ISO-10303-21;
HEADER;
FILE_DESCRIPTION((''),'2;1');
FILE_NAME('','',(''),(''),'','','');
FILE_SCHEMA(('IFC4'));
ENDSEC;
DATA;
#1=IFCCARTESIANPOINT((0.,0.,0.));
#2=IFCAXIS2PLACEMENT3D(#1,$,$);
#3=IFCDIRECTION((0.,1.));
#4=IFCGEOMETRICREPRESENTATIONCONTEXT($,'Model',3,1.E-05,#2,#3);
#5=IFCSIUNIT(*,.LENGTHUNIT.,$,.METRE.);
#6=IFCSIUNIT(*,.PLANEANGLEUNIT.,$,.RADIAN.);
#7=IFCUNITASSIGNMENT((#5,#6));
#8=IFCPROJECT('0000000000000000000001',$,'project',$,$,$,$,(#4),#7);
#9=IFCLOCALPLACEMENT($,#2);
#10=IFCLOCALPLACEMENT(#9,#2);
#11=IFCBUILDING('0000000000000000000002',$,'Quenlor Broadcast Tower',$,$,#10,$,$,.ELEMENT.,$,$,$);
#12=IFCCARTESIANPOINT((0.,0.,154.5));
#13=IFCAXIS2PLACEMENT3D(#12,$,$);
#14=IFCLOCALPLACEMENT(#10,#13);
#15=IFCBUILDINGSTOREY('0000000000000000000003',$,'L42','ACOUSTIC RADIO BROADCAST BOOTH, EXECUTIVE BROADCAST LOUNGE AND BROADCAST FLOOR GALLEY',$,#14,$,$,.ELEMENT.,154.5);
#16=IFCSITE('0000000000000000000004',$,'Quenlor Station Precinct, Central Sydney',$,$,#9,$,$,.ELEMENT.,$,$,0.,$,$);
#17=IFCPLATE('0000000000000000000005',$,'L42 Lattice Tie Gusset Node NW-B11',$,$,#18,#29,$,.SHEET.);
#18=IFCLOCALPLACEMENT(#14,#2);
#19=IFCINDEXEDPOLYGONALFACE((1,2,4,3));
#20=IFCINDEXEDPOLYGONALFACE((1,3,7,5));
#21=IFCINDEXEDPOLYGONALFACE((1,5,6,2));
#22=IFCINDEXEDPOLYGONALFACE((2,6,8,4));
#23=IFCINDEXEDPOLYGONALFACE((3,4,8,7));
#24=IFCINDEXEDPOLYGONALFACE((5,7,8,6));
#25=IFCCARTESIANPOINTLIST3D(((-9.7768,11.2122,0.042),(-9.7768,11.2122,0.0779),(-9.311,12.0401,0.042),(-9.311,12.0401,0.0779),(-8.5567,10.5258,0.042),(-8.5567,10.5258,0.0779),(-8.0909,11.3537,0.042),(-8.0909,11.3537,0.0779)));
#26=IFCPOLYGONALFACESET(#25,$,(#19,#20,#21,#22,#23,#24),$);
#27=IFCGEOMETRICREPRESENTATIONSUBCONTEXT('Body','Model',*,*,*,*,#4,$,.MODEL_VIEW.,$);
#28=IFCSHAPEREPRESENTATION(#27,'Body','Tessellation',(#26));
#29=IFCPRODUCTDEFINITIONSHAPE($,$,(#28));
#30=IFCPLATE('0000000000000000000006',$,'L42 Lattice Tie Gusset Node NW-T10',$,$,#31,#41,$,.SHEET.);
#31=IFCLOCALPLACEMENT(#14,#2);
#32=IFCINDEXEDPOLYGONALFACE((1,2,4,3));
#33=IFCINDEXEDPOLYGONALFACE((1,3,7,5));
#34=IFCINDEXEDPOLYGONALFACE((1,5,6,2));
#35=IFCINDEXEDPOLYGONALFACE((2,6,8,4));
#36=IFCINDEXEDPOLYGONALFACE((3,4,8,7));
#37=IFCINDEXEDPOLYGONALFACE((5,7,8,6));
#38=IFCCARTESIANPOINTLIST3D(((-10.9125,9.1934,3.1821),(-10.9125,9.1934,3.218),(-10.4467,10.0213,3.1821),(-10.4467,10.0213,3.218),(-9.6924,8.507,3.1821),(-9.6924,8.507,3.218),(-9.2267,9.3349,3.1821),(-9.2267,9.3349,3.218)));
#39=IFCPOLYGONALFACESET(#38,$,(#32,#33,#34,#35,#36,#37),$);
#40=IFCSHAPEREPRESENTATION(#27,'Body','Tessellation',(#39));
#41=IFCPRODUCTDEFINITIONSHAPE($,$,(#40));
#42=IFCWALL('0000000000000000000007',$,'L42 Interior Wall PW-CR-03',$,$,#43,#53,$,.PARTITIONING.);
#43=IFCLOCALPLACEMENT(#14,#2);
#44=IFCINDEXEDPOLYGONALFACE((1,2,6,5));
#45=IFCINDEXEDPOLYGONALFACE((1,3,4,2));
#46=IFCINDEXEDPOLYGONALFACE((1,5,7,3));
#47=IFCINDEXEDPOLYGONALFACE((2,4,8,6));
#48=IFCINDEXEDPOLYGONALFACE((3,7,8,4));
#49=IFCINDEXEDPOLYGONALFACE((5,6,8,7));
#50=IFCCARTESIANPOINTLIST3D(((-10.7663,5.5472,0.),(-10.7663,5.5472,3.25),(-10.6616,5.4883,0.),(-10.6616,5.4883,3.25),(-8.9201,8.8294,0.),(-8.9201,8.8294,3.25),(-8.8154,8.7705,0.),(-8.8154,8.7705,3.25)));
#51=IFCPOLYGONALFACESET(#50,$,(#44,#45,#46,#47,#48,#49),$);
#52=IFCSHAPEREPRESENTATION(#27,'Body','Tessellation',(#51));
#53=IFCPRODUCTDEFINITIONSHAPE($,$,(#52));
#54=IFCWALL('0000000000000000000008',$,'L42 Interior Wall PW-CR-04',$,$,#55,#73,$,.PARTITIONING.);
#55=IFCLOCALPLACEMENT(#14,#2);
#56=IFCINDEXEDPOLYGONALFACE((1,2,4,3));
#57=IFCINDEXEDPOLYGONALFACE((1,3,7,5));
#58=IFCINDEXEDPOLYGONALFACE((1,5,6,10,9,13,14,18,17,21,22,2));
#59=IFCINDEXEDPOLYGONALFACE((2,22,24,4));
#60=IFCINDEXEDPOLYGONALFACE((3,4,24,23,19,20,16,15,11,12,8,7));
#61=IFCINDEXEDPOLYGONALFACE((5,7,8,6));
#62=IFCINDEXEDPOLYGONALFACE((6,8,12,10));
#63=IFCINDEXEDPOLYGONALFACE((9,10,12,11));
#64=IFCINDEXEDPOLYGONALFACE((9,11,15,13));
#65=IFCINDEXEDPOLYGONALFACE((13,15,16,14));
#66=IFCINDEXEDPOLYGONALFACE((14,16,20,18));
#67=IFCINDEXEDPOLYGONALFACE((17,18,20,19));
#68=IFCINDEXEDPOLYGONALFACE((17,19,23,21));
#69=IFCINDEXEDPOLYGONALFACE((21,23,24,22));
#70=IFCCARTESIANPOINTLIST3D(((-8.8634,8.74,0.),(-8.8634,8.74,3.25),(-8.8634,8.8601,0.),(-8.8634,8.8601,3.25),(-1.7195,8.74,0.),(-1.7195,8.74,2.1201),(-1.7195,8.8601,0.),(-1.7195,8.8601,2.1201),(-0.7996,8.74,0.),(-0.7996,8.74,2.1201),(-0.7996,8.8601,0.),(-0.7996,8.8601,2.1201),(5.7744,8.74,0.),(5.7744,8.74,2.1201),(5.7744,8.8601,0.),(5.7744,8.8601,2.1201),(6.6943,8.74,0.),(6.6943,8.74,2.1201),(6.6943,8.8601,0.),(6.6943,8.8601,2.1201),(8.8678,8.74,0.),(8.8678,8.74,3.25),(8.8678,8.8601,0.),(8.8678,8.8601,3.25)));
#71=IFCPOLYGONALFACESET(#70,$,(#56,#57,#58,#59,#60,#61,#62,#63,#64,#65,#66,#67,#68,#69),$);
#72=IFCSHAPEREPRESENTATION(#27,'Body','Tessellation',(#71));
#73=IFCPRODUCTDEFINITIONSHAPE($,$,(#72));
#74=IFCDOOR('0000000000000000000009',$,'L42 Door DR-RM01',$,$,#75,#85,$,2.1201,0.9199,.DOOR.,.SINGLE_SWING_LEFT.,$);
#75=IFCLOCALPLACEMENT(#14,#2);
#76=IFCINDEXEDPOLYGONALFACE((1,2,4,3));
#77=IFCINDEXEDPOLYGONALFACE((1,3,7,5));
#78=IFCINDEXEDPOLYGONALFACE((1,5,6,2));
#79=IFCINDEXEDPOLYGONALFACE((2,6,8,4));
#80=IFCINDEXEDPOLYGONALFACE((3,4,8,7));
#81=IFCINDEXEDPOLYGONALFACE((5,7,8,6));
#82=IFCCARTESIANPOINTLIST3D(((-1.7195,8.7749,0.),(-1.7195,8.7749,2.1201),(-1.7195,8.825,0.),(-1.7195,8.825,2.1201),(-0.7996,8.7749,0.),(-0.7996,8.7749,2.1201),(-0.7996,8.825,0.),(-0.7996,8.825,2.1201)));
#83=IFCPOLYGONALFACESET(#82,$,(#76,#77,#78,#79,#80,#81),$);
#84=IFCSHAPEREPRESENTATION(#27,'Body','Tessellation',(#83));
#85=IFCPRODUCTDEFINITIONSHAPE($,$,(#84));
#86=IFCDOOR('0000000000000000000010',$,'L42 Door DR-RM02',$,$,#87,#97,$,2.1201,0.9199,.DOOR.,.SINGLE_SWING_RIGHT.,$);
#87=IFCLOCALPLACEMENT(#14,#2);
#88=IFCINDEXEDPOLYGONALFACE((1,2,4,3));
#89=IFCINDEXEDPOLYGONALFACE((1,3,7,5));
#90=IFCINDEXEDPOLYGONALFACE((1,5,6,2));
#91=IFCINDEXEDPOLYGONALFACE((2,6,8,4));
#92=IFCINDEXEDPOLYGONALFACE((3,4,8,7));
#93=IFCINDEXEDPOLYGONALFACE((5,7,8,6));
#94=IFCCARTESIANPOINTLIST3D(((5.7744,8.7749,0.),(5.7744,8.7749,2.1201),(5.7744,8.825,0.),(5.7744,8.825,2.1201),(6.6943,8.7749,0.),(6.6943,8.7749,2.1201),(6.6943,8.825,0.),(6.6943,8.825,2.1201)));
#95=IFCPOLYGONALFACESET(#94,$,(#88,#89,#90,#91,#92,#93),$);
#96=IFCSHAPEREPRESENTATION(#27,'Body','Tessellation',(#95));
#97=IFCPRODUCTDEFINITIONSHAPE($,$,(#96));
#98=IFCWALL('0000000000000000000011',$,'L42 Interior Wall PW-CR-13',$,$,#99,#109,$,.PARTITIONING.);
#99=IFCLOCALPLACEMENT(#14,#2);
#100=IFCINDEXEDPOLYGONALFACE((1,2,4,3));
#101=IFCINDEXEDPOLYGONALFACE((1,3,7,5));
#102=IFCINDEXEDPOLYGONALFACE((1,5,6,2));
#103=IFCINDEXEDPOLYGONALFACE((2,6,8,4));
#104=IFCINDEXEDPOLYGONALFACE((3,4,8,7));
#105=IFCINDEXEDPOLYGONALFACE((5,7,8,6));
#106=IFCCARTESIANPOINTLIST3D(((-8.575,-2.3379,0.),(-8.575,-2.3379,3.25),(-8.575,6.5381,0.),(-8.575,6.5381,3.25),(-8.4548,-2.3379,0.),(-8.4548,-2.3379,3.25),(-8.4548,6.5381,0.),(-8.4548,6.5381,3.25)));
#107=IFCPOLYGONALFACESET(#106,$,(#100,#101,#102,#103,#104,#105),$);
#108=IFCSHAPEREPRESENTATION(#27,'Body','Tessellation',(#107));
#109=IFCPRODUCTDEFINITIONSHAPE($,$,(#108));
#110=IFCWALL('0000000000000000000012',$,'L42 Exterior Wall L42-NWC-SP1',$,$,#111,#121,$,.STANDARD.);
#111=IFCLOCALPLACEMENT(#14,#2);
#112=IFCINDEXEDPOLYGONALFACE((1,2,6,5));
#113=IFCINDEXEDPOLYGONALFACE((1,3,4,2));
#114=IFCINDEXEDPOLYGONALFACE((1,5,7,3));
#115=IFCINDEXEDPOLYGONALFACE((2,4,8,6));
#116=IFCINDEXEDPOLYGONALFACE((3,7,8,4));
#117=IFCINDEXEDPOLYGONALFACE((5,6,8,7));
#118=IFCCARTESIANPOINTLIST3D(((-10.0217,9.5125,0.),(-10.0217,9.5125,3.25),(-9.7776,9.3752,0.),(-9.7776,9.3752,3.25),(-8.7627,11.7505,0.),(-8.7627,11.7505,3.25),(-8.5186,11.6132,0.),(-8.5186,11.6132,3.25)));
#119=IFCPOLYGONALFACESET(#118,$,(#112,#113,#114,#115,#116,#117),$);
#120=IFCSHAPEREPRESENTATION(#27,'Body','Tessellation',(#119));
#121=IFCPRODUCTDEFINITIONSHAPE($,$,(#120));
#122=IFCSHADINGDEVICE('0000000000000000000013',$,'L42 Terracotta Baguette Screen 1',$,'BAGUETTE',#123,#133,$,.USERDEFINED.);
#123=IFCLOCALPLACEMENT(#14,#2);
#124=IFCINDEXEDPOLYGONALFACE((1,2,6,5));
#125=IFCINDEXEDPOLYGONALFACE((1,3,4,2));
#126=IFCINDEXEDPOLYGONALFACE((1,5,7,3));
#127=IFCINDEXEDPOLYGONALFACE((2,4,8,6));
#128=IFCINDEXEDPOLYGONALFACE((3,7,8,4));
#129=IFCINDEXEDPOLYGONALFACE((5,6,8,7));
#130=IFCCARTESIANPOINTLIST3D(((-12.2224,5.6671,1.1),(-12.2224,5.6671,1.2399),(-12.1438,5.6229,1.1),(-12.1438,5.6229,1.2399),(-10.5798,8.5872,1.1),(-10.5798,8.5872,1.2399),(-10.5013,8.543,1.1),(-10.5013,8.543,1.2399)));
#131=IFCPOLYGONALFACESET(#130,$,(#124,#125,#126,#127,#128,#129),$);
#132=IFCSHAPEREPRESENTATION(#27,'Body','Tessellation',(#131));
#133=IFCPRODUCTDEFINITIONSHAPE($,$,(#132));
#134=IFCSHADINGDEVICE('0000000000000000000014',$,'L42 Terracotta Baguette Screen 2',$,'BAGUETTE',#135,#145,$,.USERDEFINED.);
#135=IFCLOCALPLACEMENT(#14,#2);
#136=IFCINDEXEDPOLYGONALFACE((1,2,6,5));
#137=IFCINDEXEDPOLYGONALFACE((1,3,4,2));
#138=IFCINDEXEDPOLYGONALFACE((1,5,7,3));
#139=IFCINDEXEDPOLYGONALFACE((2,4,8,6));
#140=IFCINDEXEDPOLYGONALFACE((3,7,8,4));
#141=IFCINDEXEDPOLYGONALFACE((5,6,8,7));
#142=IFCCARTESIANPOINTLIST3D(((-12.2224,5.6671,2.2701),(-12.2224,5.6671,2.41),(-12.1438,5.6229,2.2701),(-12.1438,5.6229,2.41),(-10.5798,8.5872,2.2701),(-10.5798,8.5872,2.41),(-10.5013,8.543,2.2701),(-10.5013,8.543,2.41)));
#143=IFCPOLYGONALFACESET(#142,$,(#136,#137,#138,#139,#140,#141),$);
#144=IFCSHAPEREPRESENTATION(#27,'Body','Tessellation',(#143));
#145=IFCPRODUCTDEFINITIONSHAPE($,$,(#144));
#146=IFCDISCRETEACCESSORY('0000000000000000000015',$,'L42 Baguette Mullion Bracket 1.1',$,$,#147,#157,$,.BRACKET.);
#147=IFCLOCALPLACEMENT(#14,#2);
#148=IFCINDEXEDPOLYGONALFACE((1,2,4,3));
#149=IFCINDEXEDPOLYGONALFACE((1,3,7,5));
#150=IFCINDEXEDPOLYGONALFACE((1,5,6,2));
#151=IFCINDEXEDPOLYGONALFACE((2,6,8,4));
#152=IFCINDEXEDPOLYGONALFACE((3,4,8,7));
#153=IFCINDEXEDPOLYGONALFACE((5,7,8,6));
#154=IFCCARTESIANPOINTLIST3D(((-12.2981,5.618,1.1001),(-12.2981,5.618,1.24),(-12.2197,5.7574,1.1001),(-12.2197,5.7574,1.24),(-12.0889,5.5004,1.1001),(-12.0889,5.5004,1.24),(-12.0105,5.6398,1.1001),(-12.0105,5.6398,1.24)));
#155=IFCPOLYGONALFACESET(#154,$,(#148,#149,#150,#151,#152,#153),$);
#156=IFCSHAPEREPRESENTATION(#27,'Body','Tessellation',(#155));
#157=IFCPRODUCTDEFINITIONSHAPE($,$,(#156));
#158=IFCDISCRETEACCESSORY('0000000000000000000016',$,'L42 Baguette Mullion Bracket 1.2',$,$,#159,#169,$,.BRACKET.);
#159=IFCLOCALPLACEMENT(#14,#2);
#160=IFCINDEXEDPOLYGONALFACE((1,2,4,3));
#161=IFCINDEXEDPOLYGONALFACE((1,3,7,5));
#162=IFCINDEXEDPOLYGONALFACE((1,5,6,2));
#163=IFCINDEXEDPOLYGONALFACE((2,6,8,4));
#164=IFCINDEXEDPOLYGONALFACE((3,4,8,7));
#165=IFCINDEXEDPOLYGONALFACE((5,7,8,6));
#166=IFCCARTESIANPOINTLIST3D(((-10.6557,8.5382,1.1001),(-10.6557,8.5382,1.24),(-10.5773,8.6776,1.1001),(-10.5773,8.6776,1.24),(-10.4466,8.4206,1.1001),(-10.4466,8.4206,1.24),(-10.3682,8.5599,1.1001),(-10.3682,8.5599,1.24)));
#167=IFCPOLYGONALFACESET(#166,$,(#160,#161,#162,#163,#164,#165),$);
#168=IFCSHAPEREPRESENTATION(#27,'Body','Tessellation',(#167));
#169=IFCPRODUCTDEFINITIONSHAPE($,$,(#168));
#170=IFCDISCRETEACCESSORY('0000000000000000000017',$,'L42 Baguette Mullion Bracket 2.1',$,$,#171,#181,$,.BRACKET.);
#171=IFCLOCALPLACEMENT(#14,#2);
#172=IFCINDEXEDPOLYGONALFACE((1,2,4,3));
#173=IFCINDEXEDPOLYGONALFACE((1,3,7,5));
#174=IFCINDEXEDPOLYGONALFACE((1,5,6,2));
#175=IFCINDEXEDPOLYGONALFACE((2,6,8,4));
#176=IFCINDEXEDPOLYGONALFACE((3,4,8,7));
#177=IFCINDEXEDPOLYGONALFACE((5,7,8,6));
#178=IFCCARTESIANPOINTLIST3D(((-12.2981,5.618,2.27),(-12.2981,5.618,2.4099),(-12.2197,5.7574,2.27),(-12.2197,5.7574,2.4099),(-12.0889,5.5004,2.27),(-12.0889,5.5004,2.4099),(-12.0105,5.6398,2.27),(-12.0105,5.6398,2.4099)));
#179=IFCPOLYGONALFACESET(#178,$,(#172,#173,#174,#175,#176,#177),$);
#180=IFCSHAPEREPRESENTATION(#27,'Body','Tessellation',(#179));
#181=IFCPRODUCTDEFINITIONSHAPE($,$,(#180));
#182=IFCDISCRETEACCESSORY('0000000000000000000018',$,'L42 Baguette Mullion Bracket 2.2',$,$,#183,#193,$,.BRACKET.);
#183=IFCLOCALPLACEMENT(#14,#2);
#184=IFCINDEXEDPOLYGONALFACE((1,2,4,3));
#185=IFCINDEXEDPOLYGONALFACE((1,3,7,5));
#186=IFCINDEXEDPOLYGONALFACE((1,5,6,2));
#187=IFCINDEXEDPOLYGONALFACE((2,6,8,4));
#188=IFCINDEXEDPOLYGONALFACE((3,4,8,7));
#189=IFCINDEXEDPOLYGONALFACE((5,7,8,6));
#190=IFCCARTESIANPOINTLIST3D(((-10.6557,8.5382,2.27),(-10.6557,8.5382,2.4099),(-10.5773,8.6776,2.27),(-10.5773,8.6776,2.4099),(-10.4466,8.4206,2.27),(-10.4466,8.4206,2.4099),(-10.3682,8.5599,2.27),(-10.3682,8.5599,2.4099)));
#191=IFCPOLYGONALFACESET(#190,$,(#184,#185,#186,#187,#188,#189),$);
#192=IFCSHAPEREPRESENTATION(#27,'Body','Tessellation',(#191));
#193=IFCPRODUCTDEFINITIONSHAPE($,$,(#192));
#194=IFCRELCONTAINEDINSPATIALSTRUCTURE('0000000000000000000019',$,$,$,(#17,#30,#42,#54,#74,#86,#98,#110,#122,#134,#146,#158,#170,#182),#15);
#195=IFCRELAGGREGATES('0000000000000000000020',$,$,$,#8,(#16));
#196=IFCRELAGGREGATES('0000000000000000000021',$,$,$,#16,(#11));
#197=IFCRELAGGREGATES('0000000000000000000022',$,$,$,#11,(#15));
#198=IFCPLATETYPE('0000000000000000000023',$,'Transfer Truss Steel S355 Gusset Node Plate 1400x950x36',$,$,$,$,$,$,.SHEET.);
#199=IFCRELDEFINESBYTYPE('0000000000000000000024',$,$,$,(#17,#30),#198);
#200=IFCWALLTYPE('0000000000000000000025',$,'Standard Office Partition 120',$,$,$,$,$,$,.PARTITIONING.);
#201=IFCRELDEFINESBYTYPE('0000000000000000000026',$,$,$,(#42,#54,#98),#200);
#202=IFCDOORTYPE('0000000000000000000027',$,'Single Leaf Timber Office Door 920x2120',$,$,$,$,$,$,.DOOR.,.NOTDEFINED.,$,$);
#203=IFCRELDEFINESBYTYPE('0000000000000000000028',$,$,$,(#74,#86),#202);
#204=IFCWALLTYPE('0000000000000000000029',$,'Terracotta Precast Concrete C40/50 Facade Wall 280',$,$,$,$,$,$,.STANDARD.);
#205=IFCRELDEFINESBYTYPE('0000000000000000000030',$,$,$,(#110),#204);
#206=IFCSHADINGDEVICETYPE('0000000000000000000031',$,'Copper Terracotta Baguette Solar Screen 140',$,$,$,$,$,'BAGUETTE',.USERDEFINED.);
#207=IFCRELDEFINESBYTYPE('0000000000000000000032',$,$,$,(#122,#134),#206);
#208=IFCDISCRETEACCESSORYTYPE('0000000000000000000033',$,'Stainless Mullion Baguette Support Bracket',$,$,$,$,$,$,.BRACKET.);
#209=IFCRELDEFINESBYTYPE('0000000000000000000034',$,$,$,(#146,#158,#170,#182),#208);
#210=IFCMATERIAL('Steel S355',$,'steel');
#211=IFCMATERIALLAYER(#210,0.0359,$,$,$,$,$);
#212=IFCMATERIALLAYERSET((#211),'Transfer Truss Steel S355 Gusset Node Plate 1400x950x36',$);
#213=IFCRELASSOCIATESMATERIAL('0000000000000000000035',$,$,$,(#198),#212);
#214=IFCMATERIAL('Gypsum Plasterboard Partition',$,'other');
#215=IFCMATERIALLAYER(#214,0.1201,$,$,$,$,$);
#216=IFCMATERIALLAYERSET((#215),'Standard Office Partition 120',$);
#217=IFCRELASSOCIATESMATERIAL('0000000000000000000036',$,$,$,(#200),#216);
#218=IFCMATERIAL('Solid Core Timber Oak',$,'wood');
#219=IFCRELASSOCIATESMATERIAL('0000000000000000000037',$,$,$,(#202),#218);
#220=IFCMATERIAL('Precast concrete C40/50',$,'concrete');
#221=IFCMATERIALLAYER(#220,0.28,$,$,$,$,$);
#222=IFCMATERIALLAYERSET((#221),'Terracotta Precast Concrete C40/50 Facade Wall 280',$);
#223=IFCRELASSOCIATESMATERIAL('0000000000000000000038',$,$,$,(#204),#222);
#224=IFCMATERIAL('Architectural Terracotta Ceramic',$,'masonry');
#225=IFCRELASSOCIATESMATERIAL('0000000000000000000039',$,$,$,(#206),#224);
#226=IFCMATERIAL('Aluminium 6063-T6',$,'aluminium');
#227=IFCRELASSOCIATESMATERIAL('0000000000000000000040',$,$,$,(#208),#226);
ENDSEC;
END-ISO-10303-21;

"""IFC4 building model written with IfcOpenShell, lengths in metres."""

from ifc_helpers import new_model, si_unit, direction, frame, frame_2d, origin, origin_2d, place, context, subcontext, project, spatial, rectangle, extrude, material, layer, layer_set, material_profile, profile_set, type_object, element, fill, save


model = new_model("IFC4")

# Units and contexts
model_context = context("Model", 3, precision=1e-05, world=origin(), true_north=direction((0.0, 1.0)))
body_context = subcontext(model_context, "Body", "Model", "MODEL_VIEW")
ifc_project = project(units=[si_unit("LENGTHUNIT", "METRE"), si_unit("PLANEANGLEUNIT", "RADIAN")], contexts=[model_context])

# Site, building, storey
site_placement = place(None, origin())
site = spatial("IfcSite", under=ifc_project, at=site_placement, Name="Quenlor Station Precinct, Central Sydney", CompositionType="ELEMENT", RefElevation=0.0)
building_placement = place(site_placement, origin())
building = spatial("IfcBuilding", under=site, at=building_placement, Name="Quenlor Broadcast Tower", CompositionType="ELEMENT")
storey_placement = place(building_placement, frame((0.0, 0.0, 154.5)))
storey = spatial("IfcBuildingStorey", under=building, at=storey_placement, Name="L42", Description="ACOUSTIC RADIO BROADCAST BOOTH, EXECUTIVE BROADCAST LOUNGE AND BROADCAST FLOOR GALLEY", CompositionType="ELEMENT", Elevation=154.5)

# Plates
ifc_material_1 = material(Name="Steel S355", Category="steel")
ifc_layer_1 = layer(ifc_material_1, 0.0359)
ifc_layer_set_1 = layer_set([ifc_layer_1], Name="Transfer Truss Steel S355 Gusset Node Plate 1400x950x36")
plate_type_1 = type_object("IfcPlateType", Name="Transfer Truss Steel S355 Gusset Node Plate 1400x950x36", PredefinedType="SHEET", material=ifc_layer_set_1)
for number, where, z_axis, x_axis, name in (
    (1, (-8.9338, 11.283, 0.042), (0.0, 0.0, 1.0), (-0.871556, 0.490295, 0.0), "L42 Lattice Tie Gusset Node NW-B11"),
    (2, (-10.0696, 9.2642, 3.1821), (0.0, 0.0, 1.0), (-0.871556, 0.490295, 0.0), "L42 Lattice Tie Gusset Node NW-T10"),
):
    element("IfcPlate", number, at=place(storey_placement, frame(where, z_axis=z_axis, x_axis=x_axis)), inside=storey, type_object=plate_type_1, Name=name, PredefinedType="SHEET", context=body_context, shape_type="SweptSolid", body=[
        extrude(rectangle(XDim=1.3999, YDim=0.95, at=origin_2d()), origin(), (0.0, 0.0, 1.0), 0.0359),
    ])

# Wall
ifc_material_2 = material(Name="Gypsum Plasterboard Partition", Category="other")
ifc_layer_2 = layer(ifc_material_2, 0.1201)
ifc_layer_set_2 = layer_set([ifc_layer_2], Name="Standard Office Partition 120")
wall_type_1 = type_object("IfcWallType", Name="Standard Office Partition 120", PredefinedType="PARTITIONING", material=ifc_layer_set_2)
wall_1_placement = place(storey_placement, frame((-10.7139, 5.5178, 0.0), z_axis=(0.0, 0.0, 1.0), x_axis=(0.490249, 0.871582, 0.0)))
element("IfcWall", 3, at=wall_1_placement, inside=storey, type_object=wall_type_1, Name="L42 Interior Wall PW-CR-03", PredefinedType="PARTITIONING", context=body_context, shape_type="SweptSolid", body=[
    extrude(rectangle(XDim=3.7659, YDim=0.1201, at=frame_2d((1.8828, 0.0))), origin(), (0.0, 0.0, 1.0), 3.25),
])

# Wall, openings, doors
wall_2_placement = place(storey_placement, frame((-8.8635, 8.8, 0.0), z_axis=(0.0, 0.0, 1.0), x_axis=(1.0, 0.0, 0.0)))
wall_2 = element("IfcWall", 4, at=wall_2_placement, inside=storey, type_object=wall_type_1, Name="L42 Interior Wall PW-CR-04", PredefinedType="PARTITIONING", context=body_context, shape_type="SweptSolid", body=[
    extrude(rectangle(XDim=17.7312, YDim=0.1201, at=frame_2d((8.8657, 0.0))), origin(), (0.0, 0.0, 1.0), 3.25),
])
opening_1_placement = place(wall_2_placement, frame((7.144, 0.0, 0.0)))
opening_1 = element("IfcOpeningElement", 5, at=opening_1_placement, cuts=wall_2, PredefinedType="OPENING", context=body_context, shape_type="SweptSolid", body=[
    extrude(rectangle(XDim=0.9199, YDim=2.1201, at=frame_2d((0.46, 1.0601))), frame((0.0, 0.0701, 0.0), z_axis=(0.0, -1.0, 0.0), x_axis=(1.0, 0.0, 0.0)), (0.0, 0.0, 1.0), 0.1401),
])
opening_2_placement = place(wall_2_placement, frame((14.6379, 0.0, 0.0)))
opening_2 = element("IfcOpeningElement", 6, at=opening_2_placement, cuts=wall_2, PredefinedType="OPENING", context=body_context, shape_type="SweptSolid", body=[
    extrude(rectangle(XDim=0.9199, YDim=2.1201, at=frame_2d((0.46, 1.0601))), frame((0.0, 0.0701, 0.0), z_axis=(0.0, -1.0, 0.0), x_axis=(1.0, 0.0, 0.0)), (0.0, 0.0, 1.0), 0.1401),
])
ifc_material_3 = material(Name="Solid Core Timber Oak", Category="wood")
door_type = type_object("IfcDoorType", Name="Single Leaf Timber Office Door 920x2120", OperationType="NOTDEFINED", PredefinedType="DOOR", material=ifc_material_3)
door_1_placement = place(opening_1_placement, origin())
door_1 = element("IfcDoor", 7, at=door_1_placement, inside=storey, type_object=door_type, Name="L42 Door DR-RM01", OperationType="SINGLE_SWING_LEFT", OverallHeight=2.1201, OverallWidth=0.9199, PredefinedType="DOOR", context=body_context, shape_type="SweptSolid", body=[
    extrude(rectangle(XDim=0.9199, YDim=2.1201, at=frame_2d((0.46, 1.0601))), frame((0.0, 0.0249, 0.0), z_axis=(0.0, -1.0, 0.0), x_axis=(1.0, 0.0, 0.0)), (0.0, 0.0, 1.0), 0.05),
])
fill(opening_1, door_1)
door_2_placement = place(opening_2_placement, origin())
door_2 = element("IfcDoor", 8, at=door_2_placement, inside=storey, type_object=door_type, Name="L42 Door DR-RM02", OperationType="SINGLE_SWING_RIGHT", OverallHeight=2.1201, OverallWidth=0.9199, PredefinedType="DOOR", context=body_context, shape_type="SweptSolid", body=[
    extrude(rectangle(XDim=0.9199, YDim=2.1201, at=frame_2d((0.46, 1.0601))), frame((0.0, 0.0249, 0.0), z_axis=(0.0, -1.0, 0.0), x_axis=(1.0, 0.0, 0.0)), (0.0, 0.0, 1.0), 0.05),
])
fill(opening_2, door_2)

# Walls
wall_3_placement = place(storey_placement, frame((-8.5149, 6.5381, 0.0), z_axis=(0.0, 0.0, 1.0), x_axis=(0.0, -1.0, 0.0)))
element("IfcWall", 9, at=wall_3_placement, inside=storey, type_object=wall_type_1, Name="L42 Interior Wall PW-CR-13", PredefinedType="PARTITIONING", context=body_context, shape_type="SweptSolid", body=[
    extrude(rectangle(XDim=8.876, YDim=0.1201, at=frame_2d((4.438, 0.0))), origin(), (0.0, 0.0, 1.0), 3.25),
])
ifc_material_4 = material(Name="Precast concrete C40/50", Category="concrete")
ifc_layer_3 = layer(ifc_material_4, 0.28)
ifc_layer_set_3 = layer_set([ifc_layer_3], Name="Terracotta Precast Concrete C40/50 Facade Wall 280")
wall_type_2 = type_object("IfcWallType", Name="Terracotta Precast Concrete C40/50 Facade Wall 280", PredefinedType="STANDARD", material=ifc_layer_set_3)
wall_4_placement = place(storey_placement, frame((-9.8997, 9.4438, 0.0), z_axis=(0.0, 0.0, 1.0), x_axis=(0.490302, 0.871553, 0.0)))
element("IfcWall", 10, at=wall_4_placement, inside=storey, type_object=wall_type_2, Name="L42 Exterior Wall L42-NWC-SP1", PredefinedType="STANDARD", context=body_context, shape_type="SweptSolid", body=[
    extrude(rectangle(XDim=2.5679, YDim=0.28, at=frame_2d((1.2839, 0.0))), origin(), (0.0, 0.0, 1.0), 3.25),
])

# Shading devices
ifc_material_5 = material(Name="Architectural Terracotta Ceramic", Category="masonry")
ifc_material_profile_1 = material_profile(ifc_material_5, rectangle(XDim=0.0901, YDim=0.1399, at=origin_2d()))
ifc_profile_set_1 = profile_set([ifc_material_profile_1], Name="Architectural Terracotta Ceramic BAG90x140")
shading_device_type = type_object("IfcShadingDeviceType", Name="Copper Terracotta Baguette Solar Screen 140", ElementType="BAGUETTE", PredefinedType="USERDEFINED", material=ifc_profile_set_1)
for number, where, z_axis, x_axis, name in (
    (11, (-12.1831, 5.645, 1.1699), (0.490258, 0.871577, 0.0), (-0.871577, 0.490258, 0.0), "L42 Terracotta Baguette Screen 1"),
    (12, (-12.1831, 5.645, 2.3401), (0.490258, 0.871577, 0.0), (-0.871577, 0.490258, 0.0), "L42 Terracotta Baguette Screen 2"),
):
    element("IfcShadingDevice", number, at=place(storey_placement, frame(where, z_axis=z_axis, x_axis=x_axis)), inside=storey, type_object=shading_device_type, Name=name, ObjectType="BAGUETTE", PredefinedType="USERDEFINED", context=body_context, shape_type="SweptSolid", body=[
        extrude(rectangle(XDim=0.0901, YDim=0.1399, at=origin_2d()), origin(), (0.0, 0.0, 1.0), 3.3503),
    ])

# Discrete accessories
ifc_material_6 = material(Name="Aluminium 6063-T6", Category="aluminium")
discrete_accessory_type = type_object("IfcDiscreteAccessoryType", Name="Stainless Mullion Baguette Support Bracket", PredefinedType="BRACKET", material=ifc_material_6)
for number, where, z_axis, x_axis, name in (
    (13, (-12.1543, 5.6289, 1.1001), (0.0, 0.0, 1.0), (0.490256, 0.871579, 0.0), "L42 Baguette Mullion Bracket 1.1"),
    (14, (-10.512, 8.5491, 1.1001), (0.0, 0.0, 1.0), (0.490256, 0.871579, 0.0), "L42 Baguette Mullion Bracket 1.2"),
    (15, (-12.1543, 5.6289, 2.27), (0.0, 0.0, 1.0), (0.490256, 0.871579, 0.0), "L42 Baguette Mullion Bracket 2.1"),
    (16, (-10.512, 8.5491, 2.27), (0.0, 0.0, 1.0), (0.490256, 0.871579, 0.0), "L42 Baguette Mullion Bracket 2.2"),
):
    element("IfcDiscreteAccessory", number, at=place(storey_placement, frame(where, z_axis=z_axis, x_axis=x_axis)), inside=storey, type_object=discrete_accessory_type, Name=name, PredefinedType="BRACKET", context=body_context, shape_type="SweptSolid", body=[
        extrude(rectangle(XDim=0.1599, YDim=0.24, at=origin_2d()), origin(), (0.0, 0.0, 1.0), 0.1399),
    ])

save(model, "model.ifc")
